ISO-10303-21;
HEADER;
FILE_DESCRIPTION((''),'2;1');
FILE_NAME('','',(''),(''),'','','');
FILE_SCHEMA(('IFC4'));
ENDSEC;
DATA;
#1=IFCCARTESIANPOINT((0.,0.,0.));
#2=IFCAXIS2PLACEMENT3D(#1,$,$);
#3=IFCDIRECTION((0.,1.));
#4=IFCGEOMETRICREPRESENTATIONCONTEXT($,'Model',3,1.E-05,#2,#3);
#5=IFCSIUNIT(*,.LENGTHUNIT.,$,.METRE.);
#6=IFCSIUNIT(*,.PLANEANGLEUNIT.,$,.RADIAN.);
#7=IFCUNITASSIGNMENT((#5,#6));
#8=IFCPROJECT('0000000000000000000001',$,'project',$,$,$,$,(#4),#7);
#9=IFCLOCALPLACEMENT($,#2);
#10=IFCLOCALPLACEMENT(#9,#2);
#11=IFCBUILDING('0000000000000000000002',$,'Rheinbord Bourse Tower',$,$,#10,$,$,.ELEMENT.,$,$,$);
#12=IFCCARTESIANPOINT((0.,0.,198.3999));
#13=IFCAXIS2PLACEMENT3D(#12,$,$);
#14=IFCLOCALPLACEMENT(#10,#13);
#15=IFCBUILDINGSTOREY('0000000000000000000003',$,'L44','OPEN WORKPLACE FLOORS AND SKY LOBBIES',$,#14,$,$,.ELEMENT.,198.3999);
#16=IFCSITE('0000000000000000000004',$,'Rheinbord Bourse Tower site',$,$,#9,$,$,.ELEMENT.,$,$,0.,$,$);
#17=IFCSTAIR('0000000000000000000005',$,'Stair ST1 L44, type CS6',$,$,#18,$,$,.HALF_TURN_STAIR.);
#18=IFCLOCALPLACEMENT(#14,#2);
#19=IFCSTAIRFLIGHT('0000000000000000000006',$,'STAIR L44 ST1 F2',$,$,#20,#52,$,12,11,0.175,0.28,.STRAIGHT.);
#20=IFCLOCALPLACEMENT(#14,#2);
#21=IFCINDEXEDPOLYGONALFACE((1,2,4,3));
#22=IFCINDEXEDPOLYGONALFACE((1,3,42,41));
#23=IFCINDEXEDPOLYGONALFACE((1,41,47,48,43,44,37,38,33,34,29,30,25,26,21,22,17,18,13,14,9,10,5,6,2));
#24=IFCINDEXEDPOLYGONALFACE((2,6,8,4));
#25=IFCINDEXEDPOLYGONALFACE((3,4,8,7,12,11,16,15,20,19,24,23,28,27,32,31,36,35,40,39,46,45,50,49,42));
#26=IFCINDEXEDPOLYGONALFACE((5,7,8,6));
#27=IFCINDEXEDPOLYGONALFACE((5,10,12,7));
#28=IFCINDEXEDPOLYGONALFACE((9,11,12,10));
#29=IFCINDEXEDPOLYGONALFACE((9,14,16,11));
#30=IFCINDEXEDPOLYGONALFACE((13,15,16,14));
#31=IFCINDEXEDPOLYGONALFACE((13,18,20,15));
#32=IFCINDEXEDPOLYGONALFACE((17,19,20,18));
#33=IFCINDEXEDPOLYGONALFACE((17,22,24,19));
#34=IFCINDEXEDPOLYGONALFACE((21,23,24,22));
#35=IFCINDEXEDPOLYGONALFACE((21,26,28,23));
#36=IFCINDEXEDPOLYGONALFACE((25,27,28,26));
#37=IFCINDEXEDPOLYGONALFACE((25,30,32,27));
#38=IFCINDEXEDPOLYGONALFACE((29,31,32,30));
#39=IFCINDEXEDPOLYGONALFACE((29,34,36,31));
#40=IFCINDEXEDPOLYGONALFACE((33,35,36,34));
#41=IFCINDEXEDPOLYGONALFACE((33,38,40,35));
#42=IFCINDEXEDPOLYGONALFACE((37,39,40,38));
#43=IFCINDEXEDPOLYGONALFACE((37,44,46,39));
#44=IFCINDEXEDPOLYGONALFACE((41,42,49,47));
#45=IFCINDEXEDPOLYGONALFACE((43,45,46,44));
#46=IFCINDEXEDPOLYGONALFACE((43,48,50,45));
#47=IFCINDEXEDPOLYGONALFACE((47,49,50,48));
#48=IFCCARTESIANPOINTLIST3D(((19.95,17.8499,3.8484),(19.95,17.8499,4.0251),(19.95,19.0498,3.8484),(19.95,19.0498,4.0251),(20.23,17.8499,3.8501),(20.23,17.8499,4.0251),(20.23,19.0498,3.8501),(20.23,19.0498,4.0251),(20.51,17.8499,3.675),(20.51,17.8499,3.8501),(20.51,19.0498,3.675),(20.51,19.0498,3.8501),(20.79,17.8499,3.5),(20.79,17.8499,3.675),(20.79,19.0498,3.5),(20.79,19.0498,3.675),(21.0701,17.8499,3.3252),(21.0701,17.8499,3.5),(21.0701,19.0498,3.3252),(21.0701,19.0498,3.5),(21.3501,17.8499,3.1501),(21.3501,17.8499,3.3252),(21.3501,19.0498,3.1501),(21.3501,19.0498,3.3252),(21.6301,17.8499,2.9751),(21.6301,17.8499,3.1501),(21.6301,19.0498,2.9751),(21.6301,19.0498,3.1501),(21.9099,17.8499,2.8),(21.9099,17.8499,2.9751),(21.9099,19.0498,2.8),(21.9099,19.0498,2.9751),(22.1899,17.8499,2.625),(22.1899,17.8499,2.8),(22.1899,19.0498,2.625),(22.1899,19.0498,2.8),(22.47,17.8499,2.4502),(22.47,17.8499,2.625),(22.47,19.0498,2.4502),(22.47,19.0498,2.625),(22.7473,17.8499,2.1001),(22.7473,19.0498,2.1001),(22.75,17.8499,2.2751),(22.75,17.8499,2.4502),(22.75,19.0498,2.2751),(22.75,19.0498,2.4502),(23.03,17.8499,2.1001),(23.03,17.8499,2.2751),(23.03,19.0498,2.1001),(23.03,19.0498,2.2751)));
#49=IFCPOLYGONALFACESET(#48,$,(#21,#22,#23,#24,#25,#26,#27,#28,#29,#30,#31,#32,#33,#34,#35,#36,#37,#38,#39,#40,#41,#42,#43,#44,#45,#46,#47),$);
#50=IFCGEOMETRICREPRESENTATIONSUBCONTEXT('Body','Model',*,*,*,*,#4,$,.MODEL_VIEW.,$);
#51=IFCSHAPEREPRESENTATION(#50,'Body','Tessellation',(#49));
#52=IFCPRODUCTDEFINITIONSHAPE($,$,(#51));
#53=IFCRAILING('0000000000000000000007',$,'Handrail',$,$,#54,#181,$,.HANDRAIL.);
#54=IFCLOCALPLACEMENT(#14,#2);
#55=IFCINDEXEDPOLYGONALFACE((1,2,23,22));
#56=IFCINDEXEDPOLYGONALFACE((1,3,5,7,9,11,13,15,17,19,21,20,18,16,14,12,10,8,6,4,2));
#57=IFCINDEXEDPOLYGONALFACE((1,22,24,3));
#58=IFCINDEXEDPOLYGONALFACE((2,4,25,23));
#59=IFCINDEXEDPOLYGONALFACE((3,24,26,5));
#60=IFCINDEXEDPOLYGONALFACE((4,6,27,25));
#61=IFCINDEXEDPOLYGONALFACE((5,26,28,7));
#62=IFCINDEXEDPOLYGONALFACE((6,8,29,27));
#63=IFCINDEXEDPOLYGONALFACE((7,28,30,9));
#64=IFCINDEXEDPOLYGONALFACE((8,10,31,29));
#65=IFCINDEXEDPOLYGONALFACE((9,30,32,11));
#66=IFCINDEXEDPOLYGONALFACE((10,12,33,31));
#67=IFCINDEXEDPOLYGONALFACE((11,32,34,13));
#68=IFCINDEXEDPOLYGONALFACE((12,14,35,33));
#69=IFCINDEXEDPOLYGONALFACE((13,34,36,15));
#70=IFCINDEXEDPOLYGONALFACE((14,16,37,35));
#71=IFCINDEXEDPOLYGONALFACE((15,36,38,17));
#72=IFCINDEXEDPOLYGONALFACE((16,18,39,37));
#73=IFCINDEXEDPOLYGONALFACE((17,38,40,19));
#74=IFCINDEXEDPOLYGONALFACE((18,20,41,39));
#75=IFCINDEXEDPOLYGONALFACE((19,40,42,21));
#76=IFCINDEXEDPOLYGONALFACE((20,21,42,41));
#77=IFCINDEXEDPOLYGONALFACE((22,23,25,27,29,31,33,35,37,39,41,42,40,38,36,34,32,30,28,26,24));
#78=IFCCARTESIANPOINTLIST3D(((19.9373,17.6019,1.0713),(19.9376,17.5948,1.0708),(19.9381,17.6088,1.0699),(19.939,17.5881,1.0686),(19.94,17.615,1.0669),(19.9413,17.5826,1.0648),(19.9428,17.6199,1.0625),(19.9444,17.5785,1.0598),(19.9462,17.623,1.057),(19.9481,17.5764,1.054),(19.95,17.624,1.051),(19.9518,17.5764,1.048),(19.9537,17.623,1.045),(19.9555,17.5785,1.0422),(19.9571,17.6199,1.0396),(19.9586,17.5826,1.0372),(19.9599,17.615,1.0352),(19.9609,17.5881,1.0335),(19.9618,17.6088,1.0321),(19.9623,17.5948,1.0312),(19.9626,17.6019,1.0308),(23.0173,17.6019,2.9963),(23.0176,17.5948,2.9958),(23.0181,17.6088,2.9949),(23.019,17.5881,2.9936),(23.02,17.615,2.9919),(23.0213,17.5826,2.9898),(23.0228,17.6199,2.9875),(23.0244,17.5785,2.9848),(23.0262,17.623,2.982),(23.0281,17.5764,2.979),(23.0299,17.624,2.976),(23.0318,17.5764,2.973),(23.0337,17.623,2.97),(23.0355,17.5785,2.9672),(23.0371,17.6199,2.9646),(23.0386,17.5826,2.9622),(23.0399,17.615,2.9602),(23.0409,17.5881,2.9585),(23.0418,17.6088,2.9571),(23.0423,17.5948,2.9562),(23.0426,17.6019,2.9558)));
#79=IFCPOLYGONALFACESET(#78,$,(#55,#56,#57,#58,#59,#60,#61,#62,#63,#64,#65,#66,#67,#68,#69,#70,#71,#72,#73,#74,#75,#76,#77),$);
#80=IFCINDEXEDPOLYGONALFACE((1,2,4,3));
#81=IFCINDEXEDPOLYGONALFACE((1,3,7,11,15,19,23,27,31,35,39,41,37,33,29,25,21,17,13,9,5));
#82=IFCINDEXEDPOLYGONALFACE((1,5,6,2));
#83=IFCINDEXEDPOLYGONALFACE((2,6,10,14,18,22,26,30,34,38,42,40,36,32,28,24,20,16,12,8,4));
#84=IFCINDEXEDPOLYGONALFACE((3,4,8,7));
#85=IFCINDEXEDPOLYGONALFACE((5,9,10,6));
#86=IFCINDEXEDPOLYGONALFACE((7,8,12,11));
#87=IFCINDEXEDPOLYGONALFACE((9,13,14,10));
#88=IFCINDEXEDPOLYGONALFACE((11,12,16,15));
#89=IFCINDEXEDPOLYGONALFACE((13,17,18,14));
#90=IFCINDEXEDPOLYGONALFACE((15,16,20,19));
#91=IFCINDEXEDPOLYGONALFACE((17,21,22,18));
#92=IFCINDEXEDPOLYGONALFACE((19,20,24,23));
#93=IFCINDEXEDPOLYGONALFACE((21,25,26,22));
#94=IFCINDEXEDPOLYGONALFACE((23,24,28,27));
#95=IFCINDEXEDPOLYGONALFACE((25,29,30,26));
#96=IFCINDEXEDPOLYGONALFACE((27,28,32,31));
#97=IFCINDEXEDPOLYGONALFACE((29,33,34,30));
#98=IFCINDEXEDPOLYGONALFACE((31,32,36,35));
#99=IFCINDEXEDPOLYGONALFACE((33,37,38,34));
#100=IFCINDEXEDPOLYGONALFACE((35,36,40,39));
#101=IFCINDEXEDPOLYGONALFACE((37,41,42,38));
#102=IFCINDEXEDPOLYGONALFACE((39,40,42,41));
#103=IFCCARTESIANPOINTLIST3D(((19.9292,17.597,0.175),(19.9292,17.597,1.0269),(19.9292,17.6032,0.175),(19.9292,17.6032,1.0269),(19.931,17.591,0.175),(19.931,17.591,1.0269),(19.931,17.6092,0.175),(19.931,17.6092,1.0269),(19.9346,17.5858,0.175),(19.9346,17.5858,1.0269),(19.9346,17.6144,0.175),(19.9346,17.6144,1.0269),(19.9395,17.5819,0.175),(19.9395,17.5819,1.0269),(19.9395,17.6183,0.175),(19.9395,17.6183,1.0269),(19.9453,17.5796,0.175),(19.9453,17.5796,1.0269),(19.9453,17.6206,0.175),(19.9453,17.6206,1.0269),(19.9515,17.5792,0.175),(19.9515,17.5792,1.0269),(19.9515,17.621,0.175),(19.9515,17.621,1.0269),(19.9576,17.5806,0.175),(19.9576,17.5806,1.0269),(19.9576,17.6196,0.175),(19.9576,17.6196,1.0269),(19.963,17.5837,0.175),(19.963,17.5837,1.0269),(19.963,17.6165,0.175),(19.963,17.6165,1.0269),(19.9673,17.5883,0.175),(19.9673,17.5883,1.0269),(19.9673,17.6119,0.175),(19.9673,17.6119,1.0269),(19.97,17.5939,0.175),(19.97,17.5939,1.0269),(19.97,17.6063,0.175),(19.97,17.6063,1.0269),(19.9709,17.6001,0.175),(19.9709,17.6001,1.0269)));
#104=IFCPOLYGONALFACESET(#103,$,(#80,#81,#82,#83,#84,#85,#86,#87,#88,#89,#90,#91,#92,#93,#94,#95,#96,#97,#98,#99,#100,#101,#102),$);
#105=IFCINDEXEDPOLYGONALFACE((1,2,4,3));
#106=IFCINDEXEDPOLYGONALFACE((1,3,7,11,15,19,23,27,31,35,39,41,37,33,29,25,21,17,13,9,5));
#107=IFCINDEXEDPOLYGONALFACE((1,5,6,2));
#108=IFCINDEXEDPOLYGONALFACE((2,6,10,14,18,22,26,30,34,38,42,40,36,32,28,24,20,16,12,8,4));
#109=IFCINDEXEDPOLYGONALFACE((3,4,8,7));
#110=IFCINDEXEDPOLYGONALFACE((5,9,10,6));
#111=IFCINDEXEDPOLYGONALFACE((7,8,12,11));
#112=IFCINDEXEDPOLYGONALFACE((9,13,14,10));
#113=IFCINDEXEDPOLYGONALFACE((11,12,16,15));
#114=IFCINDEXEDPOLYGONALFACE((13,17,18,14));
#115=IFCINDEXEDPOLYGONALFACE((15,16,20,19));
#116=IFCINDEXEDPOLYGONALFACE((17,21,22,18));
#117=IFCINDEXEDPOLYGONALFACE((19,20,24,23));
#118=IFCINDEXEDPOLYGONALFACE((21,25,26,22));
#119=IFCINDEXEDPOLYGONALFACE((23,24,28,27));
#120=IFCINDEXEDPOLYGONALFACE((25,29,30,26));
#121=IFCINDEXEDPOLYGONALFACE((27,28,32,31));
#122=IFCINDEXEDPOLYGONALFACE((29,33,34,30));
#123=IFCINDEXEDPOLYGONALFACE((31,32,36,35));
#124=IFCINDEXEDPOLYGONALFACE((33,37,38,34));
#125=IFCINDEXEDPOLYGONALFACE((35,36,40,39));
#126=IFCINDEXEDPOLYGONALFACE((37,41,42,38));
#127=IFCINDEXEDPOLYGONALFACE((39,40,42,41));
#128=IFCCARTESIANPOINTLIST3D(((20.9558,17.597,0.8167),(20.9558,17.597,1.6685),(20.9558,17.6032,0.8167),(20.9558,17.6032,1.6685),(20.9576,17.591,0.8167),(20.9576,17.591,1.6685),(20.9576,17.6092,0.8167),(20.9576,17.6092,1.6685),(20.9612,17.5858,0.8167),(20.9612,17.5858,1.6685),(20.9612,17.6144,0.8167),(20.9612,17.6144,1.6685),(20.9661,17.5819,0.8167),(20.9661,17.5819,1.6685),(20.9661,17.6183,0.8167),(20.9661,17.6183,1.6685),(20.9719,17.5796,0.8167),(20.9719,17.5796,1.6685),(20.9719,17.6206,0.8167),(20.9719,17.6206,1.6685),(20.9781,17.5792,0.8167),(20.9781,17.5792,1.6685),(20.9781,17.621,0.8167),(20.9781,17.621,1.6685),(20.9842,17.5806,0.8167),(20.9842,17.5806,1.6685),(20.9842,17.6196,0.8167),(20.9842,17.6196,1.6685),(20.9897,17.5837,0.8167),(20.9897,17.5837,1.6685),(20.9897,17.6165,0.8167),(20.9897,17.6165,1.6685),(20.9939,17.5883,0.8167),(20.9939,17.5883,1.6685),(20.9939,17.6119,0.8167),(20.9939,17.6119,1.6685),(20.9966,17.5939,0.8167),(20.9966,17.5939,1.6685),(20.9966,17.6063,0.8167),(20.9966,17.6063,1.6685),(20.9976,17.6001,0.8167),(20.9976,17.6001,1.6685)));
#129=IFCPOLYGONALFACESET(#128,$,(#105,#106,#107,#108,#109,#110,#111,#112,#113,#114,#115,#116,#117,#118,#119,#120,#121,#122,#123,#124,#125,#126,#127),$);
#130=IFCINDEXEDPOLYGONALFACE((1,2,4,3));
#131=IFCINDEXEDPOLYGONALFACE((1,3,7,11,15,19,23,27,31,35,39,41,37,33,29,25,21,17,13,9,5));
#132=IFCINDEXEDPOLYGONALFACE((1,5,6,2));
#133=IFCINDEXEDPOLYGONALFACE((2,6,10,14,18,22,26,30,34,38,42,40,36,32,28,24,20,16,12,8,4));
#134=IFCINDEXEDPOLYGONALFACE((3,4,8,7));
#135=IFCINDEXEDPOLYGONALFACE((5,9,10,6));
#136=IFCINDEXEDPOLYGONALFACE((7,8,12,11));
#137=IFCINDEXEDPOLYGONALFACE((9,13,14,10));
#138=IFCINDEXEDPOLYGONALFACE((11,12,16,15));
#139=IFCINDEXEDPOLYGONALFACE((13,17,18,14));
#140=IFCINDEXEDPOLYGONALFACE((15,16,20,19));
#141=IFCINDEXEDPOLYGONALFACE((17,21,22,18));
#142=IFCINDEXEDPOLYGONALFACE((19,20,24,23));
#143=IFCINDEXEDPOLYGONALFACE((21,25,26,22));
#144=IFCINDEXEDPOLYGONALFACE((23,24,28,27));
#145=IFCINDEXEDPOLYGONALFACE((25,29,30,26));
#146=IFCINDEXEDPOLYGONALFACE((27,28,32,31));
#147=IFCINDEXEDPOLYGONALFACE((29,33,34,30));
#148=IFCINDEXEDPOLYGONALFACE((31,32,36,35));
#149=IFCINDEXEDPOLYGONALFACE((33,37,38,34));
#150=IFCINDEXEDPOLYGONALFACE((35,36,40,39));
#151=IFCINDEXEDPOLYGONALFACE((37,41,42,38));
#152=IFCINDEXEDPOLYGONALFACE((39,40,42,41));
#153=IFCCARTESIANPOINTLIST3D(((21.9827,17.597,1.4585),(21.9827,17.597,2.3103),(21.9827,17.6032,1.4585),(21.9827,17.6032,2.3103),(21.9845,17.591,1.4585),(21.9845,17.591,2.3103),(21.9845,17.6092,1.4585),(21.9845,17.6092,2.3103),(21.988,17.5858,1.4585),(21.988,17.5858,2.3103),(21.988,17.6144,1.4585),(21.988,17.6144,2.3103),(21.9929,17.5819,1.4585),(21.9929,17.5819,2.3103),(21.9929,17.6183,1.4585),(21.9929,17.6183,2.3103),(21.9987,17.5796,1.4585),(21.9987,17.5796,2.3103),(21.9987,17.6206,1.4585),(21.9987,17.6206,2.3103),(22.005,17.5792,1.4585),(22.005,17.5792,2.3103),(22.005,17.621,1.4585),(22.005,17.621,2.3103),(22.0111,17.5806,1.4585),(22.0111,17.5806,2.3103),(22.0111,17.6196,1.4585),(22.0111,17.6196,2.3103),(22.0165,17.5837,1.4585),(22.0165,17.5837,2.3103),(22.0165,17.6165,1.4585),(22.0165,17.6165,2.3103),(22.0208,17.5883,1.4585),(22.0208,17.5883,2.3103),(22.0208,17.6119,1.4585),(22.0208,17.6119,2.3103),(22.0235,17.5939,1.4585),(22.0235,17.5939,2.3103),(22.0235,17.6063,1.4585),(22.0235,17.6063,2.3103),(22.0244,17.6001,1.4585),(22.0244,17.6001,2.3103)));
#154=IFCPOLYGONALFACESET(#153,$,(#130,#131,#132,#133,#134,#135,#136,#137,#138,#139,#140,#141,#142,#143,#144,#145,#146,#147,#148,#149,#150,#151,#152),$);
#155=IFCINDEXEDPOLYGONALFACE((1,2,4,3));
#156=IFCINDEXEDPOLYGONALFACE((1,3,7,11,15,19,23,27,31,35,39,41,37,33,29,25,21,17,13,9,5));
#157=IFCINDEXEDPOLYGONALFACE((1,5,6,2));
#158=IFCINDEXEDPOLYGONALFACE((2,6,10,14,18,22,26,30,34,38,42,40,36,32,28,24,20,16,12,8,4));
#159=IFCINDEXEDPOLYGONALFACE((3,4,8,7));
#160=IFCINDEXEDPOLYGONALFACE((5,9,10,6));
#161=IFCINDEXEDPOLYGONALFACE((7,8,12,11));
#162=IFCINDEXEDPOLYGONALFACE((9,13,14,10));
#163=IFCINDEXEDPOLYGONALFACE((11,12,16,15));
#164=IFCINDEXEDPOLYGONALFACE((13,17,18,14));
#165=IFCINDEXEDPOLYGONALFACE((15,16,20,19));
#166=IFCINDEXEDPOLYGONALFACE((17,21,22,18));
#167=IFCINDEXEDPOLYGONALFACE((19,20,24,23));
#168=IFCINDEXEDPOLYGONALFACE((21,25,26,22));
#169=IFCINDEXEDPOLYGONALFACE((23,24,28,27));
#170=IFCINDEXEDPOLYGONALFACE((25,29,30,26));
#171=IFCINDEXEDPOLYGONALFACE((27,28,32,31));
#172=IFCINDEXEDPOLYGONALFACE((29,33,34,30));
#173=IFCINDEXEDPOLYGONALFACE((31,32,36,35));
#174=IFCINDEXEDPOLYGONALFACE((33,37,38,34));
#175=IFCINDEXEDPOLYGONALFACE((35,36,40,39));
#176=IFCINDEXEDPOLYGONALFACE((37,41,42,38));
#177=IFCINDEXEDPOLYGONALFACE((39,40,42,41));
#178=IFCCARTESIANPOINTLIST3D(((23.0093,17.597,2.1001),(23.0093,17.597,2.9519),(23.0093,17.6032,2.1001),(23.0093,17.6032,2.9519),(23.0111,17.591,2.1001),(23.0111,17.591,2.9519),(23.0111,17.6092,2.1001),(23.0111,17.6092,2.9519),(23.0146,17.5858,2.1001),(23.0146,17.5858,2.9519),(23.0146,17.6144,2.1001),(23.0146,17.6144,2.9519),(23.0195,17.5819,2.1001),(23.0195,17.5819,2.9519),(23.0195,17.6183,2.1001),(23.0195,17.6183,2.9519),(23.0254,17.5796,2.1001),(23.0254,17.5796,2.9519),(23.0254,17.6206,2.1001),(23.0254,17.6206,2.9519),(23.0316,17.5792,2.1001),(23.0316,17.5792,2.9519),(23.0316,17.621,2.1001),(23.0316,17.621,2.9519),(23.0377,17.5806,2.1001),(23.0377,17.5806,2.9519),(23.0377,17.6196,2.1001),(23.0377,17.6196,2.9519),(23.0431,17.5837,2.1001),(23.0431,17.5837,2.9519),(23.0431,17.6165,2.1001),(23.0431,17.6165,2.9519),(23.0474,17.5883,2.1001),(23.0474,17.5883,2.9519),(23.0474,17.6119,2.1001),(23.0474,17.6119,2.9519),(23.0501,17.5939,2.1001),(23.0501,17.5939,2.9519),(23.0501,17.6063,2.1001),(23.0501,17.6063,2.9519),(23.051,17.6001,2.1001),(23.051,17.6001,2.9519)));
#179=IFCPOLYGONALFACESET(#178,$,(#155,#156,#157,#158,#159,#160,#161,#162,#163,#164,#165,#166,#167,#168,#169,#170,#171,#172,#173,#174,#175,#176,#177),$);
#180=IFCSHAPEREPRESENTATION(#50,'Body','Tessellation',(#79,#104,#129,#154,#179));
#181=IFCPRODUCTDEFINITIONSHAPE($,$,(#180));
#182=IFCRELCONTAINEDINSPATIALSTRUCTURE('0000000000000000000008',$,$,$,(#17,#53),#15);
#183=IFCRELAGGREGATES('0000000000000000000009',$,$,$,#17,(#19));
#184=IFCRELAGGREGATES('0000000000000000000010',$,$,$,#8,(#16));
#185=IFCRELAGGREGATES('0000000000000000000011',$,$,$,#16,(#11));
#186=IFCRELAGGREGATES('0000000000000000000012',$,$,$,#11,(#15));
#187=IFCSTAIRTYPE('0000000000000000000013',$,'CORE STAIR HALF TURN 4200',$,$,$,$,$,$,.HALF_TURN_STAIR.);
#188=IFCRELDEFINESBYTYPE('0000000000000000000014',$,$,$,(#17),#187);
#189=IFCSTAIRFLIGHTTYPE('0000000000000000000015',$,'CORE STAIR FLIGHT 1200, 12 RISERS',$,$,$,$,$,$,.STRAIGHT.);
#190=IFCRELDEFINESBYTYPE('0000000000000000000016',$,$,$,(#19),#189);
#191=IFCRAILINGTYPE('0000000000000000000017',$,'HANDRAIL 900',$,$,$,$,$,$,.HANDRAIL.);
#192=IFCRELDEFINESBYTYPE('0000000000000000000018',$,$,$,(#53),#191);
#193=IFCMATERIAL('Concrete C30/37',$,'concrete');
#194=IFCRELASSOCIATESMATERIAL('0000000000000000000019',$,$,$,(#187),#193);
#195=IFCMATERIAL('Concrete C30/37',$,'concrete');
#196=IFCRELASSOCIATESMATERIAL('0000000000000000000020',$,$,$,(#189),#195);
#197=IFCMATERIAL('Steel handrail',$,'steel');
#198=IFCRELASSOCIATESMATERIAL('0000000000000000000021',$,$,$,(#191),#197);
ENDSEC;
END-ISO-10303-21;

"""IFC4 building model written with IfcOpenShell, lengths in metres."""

from ifc_helpers import new_model, si_unit, direction, frame, origin, origin_2d, place, context, subcontext, project, spatial, polyline, circle, outline, extrude, material, type_object, element, aggregate, save


model = new_model("IFC4")

# Units and contexts
model_context = context("Model", 3, precision=1e-05, world=origin(), true_north=direction((0.0, 1.0)))
body_context = subcontext(model_context, "Body", "Model", "MODEL_VIEW")
ifc_project = project(units=[si_unit("LENGTHUNIT", "METRE"), si_unit("PLANEANGLEUNIT", "RADIAN")], contexts=[model_context])

# Site, building, storey
site_placement = place(None, origin())
site = spatial("IfcSite", under=ifc_project, at=site_placement, Name="Rheinbord Bourse Tower site", CompositionType="ELEMENT", RefElevation=0.0)
building_placement = place(site_placement, origin())
building = spatial("IfcBuilding", under=site, at=building_placement, Name="Rheinbord Bourse Tower", CompositionType="ELEMENT")
storey_placement = place(building_placement, frame((0.0, 0.0, 198.3999)))
storey = spatial("IfcBuildingStorey", under=building, at=storey_placement, Name="L44", Description="OPEN WORKPLACE FLOORS AND SKY LOBBIES", CompositionType="ELEMENT", Elevation=198.3999)

# Stair, stair flight
ifc_material_1 = material(Name="Concrete C30/37", Category="concrete")
stair_type = type_object("IfcStairType", Name="CORE STAIR HALF TURN 4200", PredefinedType="HALF_TURN_STAIR", material=ifc_material_1)
stair_placement = place(storey_placement, origin())
stair = element("IfcStair", 1, at=stair_placement, inside=storey, type_object=stair_type, Name="Stair ST1 L44, type CS6", PredefinedType="HALF_TURN_STAIR")
ifc_material_2 = material(Name="Concrete C30/37", Category="concrete")
stair_flight_type = type_object("IfcStairFlightType", Name="CORE STAIR FLIGHT 1200, 12 RISERS", PredefinedType="STRAIGHT", material=ifc_material_2)
stair_flight_1_placement = place(storey_placement, frame((23.03, 18.45, 2.1001), z_axis=(0.0, 0.0, 1.0), x_axis=(-1.0, 0.0, 0.0)))
stair_flight_1 = element("IfcStairFlight", 2, at=stair_flight_1_placement, type_object=stair_flight_type, Name="STAIR L44 ST1 F2", NumberOfRisers=12, NumberOfTreads=11, PredefinedType="STRAIGHT", RiserHeight=0.175, TreadLength=0.28, context=body_context, shape_type="SweptSolid", body=[
    extrude(outline(polyline([(0.0, 0.0), (0.0, 0.175), (0.28, 0.175), (0.28, 0.3501), (0.5601, 0.3501), (0.5601, 0.5249), (0.8401, 0.5249), (0.8401, 0.7), (1.1201, 0.7), (1.1201, 0.875), (1.3999, 0.875), (1.3999, 1.05), (1.6799, 1.05), (1.6799, 1.2251), (1.96, 1.2251), (1.96, 1.3999), (2.24, 1.3999), (2.24, 1.575), (2.52, 1.575), (2.52, 1.75), (2.8, 1.75), (2.8, 1.925), (3.0801, 1.925), (3.0801, 2.1001), (3.0801, 1.7483), (0.2827, 0.0), (0.0, 0.0)])), frame((0.0, 0.6001, 0.0), z_axis=(0.0, -1.0, 0.0), x_axis=(1.0, 0.0, 0.0)), (0.0, 0.0, 1.0), 1.2),
])
aggregate(stair, [stair_flight_1])

# Railing
ifc_material_3 = material(Name="Steel handrail", Category="steel")
railing_type = type_object("IfcRailingType", Name="HANDRAIL 900", PredefinedType="HANDRAIL", material=ifc_material_3)
railing_1_placement = place(storey_placement, frame((19.95, 17.6001, 0.175)))
element("IfcRailing", 3, at=railing_1_placement, inside=storey, type_object=railing_type, Name="Handrail", PredefinedType="HANDRAIL", context=body_context, shape_type="SweptSolid", body=[
    extrude(circle(Radius=0.0239, at=origin_2d()), frame((0.0, 0.0, 0.876), z_axis=(0.847998, 0.0, 0.529999), x_axis=(0.0, 1.0, 0.0)), (0.0, 0.0, 1.0), 3.6321),
    extrude(circle(Radius=0.021, at=origin_2d()), origin(), (0.0, 0.0, 1.0), 0.8518),
    extrude(circle(Radius=0.021, at=origin_2d()), frame((1.0266, 0.0, 0.6416)), (0.0, 0.0, 1.0), 0.8518),
    extrude(circle(Radius=0.021, at=origin_2d()), frame((2.0535, 0.0, 1.2834)), (0.0, 0.0, 1.0), 0.8518),
    extrude(circle(Radius=0.021, at=origin_2d()), frame((3.0801, 0.0, 1.925)), (0.0, 0.0, 1.0), 0.8518),
])

save(model, "model.ifc")
